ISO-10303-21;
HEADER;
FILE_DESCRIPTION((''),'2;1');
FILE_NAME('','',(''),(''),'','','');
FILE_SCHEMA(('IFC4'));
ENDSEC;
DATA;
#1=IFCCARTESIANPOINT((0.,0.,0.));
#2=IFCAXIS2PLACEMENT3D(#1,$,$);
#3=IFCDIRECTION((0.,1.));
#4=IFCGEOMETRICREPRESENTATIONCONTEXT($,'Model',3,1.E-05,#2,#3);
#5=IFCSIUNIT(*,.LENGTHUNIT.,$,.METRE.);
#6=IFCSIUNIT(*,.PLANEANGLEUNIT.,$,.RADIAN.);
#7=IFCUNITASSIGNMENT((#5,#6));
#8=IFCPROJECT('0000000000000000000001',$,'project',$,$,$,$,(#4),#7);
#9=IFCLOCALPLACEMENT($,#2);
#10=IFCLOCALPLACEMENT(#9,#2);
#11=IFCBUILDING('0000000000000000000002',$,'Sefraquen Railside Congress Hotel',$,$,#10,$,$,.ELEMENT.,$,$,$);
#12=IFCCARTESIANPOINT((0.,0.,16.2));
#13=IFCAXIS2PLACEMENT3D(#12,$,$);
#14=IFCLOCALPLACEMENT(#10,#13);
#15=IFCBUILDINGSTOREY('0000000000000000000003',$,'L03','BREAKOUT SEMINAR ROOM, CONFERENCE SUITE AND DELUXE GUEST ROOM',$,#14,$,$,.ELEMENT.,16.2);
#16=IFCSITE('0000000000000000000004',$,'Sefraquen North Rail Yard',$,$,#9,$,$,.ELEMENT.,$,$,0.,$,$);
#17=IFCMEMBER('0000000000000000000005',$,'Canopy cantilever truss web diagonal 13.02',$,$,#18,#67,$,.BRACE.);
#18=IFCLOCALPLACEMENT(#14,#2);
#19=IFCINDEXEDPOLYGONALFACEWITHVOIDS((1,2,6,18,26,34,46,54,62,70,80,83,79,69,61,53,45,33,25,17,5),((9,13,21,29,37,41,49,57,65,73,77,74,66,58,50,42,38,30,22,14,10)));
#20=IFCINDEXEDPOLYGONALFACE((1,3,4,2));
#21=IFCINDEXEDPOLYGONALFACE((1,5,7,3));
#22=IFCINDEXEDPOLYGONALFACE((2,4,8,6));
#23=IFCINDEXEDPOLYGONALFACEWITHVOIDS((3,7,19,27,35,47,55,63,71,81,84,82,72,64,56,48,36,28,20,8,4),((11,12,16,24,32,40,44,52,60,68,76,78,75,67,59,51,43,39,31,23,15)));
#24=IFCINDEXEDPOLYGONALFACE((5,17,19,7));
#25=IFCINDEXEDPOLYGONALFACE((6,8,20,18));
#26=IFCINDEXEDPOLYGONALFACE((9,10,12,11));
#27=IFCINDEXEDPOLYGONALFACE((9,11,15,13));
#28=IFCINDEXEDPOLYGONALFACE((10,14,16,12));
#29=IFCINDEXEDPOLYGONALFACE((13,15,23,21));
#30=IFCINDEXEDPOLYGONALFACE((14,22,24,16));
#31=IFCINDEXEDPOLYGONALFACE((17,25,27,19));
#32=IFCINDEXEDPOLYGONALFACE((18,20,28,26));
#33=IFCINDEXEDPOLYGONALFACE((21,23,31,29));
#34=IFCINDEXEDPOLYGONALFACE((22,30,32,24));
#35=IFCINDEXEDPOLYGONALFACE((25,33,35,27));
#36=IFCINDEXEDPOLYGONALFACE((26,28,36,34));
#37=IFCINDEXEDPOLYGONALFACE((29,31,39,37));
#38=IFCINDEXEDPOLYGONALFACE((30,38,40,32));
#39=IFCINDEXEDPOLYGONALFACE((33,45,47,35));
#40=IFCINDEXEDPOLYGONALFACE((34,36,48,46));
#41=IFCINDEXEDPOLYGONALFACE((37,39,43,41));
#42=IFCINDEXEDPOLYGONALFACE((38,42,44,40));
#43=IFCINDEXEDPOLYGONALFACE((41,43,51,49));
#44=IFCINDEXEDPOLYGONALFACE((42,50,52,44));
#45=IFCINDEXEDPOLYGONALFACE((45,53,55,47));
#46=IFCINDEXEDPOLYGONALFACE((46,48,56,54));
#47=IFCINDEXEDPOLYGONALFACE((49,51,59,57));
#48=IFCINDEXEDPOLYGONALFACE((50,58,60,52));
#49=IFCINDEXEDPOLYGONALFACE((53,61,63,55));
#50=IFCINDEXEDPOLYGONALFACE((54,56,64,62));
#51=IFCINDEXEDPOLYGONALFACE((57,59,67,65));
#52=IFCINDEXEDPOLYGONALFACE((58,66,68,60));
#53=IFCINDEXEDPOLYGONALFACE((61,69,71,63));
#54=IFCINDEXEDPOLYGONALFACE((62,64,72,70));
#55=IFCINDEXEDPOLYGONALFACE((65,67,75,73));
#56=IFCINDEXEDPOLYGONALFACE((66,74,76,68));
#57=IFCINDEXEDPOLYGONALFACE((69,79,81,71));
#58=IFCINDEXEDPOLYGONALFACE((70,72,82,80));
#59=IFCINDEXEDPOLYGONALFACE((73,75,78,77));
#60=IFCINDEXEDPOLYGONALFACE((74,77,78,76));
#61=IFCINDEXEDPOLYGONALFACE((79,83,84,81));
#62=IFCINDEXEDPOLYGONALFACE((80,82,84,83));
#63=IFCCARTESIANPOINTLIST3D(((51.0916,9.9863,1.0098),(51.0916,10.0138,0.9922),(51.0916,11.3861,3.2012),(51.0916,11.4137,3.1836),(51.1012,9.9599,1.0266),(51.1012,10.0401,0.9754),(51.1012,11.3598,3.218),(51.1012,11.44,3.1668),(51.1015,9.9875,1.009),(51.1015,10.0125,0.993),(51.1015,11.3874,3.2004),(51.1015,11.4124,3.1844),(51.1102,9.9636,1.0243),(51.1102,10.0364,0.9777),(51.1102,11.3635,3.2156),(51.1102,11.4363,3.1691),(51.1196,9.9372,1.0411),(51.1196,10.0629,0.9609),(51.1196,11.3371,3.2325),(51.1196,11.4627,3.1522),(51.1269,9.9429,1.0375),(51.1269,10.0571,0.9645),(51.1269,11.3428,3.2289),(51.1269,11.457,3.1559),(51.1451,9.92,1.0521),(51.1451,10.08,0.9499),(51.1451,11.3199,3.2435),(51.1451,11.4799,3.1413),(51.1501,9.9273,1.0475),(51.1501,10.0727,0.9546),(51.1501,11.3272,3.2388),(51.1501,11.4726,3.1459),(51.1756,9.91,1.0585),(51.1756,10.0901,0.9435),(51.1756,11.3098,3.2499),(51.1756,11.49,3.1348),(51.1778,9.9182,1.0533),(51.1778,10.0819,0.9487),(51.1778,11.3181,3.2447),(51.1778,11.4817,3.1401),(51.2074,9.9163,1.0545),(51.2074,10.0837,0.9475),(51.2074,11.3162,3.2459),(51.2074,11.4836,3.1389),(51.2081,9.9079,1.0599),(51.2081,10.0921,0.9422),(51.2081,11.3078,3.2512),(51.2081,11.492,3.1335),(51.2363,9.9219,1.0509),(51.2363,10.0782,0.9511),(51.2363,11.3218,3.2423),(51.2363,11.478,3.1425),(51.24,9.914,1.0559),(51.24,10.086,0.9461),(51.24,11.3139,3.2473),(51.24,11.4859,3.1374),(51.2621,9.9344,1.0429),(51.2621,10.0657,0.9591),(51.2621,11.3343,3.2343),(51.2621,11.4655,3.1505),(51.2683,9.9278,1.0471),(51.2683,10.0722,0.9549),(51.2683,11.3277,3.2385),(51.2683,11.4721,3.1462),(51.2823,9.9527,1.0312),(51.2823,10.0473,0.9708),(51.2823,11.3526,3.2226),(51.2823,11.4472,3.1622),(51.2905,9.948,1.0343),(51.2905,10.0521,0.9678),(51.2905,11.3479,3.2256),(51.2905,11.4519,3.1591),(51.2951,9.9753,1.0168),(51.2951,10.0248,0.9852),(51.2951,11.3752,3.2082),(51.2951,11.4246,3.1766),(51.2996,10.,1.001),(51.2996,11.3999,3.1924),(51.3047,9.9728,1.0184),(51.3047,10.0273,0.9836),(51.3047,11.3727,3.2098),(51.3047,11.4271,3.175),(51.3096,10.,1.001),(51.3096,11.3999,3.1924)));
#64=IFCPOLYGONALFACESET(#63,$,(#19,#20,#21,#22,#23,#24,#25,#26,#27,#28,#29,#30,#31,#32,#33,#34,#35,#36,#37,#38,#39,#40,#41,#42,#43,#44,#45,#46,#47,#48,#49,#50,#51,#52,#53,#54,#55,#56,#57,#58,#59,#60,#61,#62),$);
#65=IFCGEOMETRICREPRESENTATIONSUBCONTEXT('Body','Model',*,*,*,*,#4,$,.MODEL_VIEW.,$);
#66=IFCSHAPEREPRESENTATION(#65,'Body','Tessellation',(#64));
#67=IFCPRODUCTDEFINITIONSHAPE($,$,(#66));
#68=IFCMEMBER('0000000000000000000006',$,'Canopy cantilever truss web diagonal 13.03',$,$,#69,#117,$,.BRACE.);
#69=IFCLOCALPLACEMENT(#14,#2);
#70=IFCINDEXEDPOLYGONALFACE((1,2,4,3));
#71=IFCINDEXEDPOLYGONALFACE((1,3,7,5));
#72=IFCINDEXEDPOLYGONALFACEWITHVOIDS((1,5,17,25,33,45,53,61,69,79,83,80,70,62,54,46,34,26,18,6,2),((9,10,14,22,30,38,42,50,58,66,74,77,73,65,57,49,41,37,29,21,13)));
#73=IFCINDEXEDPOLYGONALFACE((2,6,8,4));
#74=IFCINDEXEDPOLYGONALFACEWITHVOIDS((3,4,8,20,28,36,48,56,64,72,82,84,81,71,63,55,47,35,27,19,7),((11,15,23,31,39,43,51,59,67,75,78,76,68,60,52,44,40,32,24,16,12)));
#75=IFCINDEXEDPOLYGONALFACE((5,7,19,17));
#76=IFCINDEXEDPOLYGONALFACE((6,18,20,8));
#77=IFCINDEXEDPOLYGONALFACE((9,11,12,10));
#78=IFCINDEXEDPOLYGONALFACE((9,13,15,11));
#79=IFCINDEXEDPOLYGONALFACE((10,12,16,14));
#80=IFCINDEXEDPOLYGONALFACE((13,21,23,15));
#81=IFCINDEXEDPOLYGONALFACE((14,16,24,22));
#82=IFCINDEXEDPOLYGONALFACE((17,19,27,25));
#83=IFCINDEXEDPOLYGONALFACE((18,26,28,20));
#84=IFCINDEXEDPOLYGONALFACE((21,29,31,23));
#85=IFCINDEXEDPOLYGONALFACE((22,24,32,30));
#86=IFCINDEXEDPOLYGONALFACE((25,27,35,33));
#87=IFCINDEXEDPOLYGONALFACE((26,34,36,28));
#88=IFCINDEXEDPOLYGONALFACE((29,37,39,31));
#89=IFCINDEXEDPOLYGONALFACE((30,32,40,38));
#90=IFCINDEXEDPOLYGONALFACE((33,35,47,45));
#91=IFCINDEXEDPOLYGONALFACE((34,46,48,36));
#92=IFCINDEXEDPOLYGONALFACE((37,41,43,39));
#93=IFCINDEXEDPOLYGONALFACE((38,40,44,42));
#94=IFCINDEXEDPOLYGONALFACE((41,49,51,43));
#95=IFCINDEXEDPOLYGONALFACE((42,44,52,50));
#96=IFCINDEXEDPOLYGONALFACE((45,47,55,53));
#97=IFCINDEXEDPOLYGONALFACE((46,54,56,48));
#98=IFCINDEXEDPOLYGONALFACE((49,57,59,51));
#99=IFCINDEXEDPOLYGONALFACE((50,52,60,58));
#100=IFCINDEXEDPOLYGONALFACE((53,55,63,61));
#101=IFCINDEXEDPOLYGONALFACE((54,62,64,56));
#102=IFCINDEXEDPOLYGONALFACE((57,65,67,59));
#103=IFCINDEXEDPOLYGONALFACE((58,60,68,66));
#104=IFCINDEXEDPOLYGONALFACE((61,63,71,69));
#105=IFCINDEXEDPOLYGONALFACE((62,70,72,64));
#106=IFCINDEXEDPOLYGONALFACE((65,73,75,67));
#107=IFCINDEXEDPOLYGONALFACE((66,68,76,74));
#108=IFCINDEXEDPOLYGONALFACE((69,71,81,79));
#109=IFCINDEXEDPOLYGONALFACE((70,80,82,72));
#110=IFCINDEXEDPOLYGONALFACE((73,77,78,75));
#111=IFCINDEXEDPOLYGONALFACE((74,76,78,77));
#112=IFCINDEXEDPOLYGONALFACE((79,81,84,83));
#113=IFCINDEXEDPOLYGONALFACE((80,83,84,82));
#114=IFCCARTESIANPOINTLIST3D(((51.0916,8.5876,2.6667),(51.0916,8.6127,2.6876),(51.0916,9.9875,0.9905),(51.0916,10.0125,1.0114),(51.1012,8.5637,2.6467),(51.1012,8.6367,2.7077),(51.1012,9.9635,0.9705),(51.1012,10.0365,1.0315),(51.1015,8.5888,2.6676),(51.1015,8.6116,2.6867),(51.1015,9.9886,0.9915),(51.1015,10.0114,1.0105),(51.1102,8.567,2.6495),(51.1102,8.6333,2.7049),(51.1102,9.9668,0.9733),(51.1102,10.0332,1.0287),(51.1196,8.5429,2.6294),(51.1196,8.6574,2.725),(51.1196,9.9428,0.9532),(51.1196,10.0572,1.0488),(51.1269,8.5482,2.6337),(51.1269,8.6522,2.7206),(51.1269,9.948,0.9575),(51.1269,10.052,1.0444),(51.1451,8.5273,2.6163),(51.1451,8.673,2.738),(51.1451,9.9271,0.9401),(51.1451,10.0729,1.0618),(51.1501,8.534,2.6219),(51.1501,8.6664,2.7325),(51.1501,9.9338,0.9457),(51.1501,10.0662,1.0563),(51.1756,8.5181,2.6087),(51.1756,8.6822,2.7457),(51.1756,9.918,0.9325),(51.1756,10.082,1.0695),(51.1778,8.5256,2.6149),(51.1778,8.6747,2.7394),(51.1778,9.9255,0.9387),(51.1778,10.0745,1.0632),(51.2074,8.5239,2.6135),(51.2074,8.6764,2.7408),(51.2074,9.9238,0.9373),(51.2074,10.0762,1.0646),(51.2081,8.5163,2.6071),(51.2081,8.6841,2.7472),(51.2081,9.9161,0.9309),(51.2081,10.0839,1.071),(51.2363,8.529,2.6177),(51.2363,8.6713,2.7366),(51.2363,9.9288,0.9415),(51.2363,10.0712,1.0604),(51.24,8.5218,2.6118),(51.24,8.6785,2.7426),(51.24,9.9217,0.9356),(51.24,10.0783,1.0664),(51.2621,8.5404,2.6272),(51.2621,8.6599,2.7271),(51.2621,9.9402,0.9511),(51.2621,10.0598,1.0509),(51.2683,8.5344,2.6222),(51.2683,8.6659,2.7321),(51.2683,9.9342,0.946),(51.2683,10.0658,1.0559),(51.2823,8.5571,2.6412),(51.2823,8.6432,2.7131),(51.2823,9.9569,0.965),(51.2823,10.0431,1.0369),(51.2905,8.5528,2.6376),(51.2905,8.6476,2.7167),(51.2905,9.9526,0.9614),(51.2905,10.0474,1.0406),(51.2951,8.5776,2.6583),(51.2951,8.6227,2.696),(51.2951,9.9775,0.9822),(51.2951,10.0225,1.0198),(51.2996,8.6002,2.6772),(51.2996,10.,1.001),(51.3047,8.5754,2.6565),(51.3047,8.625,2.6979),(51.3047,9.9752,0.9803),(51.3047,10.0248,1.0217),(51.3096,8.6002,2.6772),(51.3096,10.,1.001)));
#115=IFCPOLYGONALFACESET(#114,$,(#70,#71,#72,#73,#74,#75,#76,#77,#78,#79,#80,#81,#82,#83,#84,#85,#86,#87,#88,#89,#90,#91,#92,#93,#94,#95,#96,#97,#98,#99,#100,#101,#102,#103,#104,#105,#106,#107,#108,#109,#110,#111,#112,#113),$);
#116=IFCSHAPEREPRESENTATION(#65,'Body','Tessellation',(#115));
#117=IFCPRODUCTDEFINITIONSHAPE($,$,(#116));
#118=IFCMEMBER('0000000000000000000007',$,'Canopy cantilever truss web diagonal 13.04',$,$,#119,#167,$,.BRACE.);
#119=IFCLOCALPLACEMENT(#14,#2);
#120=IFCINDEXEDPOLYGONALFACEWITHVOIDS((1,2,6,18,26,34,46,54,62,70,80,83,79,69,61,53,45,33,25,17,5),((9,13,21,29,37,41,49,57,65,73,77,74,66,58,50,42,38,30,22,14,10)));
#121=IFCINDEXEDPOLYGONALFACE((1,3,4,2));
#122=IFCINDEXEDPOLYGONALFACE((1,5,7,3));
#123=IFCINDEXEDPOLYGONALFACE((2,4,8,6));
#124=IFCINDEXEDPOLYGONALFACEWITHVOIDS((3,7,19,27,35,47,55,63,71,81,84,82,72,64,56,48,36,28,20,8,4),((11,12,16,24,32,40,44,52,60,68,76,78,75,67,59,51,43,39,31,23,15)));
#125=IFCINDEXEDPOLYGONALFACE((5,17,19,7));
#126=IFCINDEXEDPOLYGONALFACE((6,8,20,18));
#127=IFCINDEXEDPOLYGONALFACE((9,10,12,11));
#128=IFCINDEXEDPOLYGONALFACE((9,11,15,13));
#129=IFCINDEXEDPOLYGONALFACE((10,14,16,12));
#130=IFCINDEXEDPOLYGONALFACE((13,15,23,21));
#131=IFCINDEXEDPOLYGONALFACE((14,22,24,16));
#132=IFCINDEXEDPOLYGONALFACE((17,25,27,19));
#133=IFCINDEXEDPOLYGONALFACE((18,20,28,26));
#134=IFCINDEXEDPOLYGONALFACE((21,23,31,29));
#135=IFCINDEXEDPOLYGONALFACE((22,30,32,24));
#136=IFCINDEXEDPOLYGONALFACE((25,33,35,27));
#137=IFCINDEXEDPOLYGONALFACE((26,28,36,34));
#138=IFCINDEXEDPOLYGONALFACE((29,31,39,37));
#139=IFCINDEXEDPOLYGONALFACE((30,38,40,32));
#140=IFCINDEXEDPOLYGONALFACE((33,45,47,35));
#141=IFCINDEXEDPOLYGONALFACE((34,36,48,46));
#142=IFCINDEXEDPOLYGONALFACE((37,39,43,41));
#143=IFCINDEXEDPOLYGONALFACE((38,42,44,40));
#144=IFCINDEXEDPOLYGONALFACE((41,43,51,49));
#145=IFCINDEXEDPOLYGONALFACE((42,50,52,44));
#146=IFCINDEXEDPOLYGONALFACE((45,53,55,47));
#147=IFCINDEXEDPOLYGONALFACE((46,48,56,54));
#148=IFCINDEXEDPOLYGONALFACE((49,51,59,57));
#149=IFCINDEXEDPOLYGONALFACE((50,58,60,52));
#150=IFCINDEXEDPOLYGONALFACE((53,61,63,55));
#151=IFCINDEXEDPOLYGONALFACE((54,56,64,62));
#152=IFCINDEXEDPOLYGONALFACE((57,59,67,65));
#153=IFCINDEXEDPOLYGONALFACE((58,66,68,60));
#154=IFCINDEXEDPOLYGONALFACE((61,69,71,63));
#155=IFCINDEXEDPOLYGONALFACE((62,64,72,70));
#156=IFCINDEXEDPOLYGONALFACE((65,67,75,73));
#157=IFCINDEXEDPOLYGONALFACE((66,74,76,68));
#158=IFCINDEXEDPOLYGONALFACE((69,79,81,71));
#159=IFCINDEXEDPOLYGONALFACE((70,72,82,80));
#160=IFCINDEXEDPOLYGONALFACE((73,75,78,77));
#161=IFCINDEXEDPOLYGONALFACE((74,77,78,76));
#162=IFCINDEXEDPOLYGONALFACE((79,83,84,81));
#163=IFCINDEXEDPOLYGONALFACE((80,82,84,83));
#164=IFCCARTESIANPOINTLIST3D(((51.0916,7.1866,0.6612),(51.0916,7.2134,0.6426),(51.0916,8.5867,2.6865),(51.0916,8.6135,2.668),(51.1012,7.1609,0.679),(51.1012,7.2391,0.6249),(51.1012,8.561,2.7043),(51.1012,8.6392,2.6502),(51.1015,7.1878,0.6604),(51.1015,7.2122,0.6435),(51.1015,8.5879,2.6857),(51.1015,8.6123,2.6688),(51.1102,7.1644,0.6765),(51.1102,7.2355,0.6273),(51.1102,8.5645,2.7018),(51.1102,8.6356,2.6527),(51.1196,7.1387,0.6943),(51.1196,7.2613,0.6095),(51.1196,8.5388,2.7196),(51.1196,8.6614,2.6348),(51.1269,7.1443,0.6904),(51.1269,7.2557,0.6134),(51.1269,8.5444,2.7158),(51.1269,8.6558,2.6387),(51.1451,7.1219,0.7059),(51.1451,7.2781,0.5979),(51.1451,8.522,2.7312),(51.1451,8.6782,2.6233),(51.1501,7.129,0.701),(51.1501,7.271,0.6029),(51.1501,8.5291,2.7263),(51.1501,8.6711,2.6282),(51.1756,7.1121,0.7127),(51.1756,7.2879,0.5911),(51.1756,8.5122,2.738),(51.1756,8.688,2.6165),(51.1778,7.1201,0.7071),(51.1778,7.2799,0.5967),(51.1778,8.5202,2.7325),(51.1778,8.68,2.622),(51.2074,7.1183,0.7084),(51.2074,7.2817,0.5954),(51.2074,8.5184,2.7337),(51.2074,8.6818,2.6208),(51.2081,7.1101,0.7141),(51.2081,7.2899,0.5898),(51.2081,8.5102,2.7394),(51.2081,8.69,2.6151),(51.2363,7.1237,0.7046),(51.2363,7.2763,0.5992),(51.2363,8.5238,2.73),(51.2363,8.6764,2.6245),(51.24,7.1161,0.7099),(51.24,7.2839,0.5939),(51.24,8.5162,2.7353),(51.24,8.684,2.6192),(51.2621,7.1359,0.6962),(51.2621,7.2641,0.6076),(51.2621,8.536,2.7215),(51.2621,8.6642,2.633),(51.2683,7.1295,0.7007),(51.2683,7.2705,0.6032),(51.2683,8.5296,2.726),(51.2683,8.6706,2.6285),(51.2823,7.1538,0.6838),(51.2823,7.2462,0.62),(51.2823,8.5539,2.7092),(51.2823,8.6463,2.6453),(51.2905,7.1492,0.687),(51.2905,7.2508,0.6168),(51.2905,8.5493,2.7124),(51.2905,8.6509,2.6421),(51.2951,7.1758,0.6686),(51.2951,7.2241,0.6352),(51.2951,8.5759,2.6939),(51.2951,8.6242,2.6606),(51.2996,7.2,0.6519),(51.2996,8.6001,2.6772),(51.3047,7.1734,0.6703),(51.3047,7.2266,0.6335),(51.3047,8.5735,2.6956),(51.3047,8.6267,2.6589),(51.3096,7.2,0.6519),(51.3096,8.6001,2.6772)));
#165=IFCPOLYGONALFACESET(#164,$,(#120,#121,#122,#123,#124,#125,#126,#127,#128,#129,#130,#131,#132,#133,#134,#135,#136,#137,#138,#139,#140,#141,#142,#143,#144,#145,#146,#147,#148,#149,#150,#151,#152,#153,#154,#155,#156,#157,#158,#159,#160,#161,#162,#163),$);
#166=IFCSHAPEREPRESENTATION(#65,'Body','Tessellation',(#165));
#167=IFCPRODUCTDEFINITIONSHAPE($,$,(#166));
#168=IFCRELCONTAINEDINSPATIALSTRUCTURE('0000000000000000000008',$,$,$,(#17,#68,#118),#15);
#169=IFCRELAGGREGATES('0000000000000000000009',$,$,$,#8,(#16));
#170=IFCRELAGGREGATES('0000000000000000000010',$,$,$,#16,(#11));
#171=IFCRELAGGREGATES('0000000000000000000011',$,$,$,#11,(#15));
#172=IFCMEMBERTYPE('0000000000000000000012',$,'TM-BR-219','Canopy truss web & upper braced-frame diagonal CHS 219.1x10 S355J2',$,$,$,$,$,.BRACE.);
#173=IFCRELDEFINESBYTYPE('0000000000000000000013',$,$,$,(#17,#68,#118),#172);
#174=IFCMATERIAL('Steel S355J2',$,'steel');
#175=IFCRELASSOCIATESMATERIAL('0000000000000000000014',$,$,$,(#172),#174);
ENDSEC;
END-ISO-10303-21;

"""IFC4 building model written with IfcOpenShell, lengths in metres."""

from ifc_helpers import new_model, si_unit, direction, frame, origin, origin_2d, place, context, subcontext, project, spatial, hollow_circle, extrude, material, material_profile, profile_set, type_object, element, save


model = new_model("IFC4")

# Units and contexts
model_context = context("Model", 3, precision=1e-05, world=origin(), true_north=direction((0.0, 1.0)))
body_context = subcontext(model_context, "Body", "Model", "MODEL_VIEW")
ifc_project = project(units=[si_unit("LENGTHUNIT", "METRE"), si_unit("PLANEANGLEUNIT", "RADIAN")], contexts=[model_context])

# Site, building, storey
site_placement = place(None, origin())
site = spatial("IfcSite", under=ifc_project, at=site_placement, Name="Sefraquen North Rail Yard", CompositionType="ELEMENT", RefElevation=0.0)
building_placement = place(site_placement, origin())
building = spatial("IfcBuilding", under=site, at=building_placement, Name="Sefraquen Railside Congress Hotel", CompositionType="ELEMENT")
storey_placement = place(building_placement, frame((0.0, 0.0, 16.2)))
storey = spatial("IfcBuildingStorey", under=building, at=storey_placement, Name="L03", Description="BREAKOUT SEMINAR ROOM, CONFERENCE SUITE AND DELUXE GUEST ROOM", CompositionType="ELEMENT", Elevation=16.2)

# Members
ifc_material_1 = material(Name="Steel S355J2", Category="steel")
ifc_material_profile_1 = material_profile(ifc_material_1, hollow_circle(Radius=0.1096, WallThickness=0.01, at=origin_2d()), Name="CHS 219.1x10")
ifc_profile_set_1 = profile_set([ifc_material_profile_1], Name="Steel S355J2")
member_type_1 = type_object("IfcMemberType", Name="TM-BR-219", Description="Canopy truss web & upper braced-frame diagonal CHS 219.1x10 S355J2", PredefinedType="BRACE", material=ifc_profile_set_1)
member_1_placement = place(storey_placement, frame((51.2, 11.3999, 3.1924), z_axis=(0.0, -0.538345, -0.842725), x_axis=(1.0, 0.0, 0.0)))
element("IfcMember", 1, at=member_1_placement, inside=storey, type_object=member_type_1, Name="Canopy cantilever truss web diagonal 13.02", PredefinedType="BRACE", context=body_context, shape_type="SweptSolid", body=[
    extrude(hollow_circle(Radius=0.1096, WallThickness=0.01, at=origin_2d()), origin(), (0.0, 0.0, 1.0), 2.6003),
])
member_2_placement = place(storey_placement, frame((51.2, 10.0, 1.001), z_axis=(0.0, -0.640998, 0.767543), x_axis=(1.0, 0.0, 0.0)))
element("IfcMember", 2, at=member_2_placement, inside=storey, type_object=member_type_1, Name="Canopy cantilever truss web diagonal 13.03", PredefinedType="BRACE", context=body_context, shape_type="SweptSolid", body=[
    extrude(hollow_circle(Radius=0.1096, WallThickness=0.01, at=origin_2d()), origin(), (0.0, 0.0, 1.0), 2.1838),
])
member_3_placement = place(storey_placement, frame((51.2, 8.6001, 2.6772), z_axis=(0.0, -0.568648, -0.822581), x_axis=(1.0, 0.0, 0.0)))
element("IfcMember", 3, at=member_3_placement, inside=storey, type_object=member_type_1, Name="Canopy cantilever truss web diagonal 13.04", PredefinedType="BRACE", context=body_context, shape_type="SweptSolid", body=[
    extrude(hollow_circle(Radius=0.1096, WallThickness=0.01, at=origin_2d()), origin(), (0.0, 0.0, 1.0), 2.4622),
])

save(model, "model.ifc")
